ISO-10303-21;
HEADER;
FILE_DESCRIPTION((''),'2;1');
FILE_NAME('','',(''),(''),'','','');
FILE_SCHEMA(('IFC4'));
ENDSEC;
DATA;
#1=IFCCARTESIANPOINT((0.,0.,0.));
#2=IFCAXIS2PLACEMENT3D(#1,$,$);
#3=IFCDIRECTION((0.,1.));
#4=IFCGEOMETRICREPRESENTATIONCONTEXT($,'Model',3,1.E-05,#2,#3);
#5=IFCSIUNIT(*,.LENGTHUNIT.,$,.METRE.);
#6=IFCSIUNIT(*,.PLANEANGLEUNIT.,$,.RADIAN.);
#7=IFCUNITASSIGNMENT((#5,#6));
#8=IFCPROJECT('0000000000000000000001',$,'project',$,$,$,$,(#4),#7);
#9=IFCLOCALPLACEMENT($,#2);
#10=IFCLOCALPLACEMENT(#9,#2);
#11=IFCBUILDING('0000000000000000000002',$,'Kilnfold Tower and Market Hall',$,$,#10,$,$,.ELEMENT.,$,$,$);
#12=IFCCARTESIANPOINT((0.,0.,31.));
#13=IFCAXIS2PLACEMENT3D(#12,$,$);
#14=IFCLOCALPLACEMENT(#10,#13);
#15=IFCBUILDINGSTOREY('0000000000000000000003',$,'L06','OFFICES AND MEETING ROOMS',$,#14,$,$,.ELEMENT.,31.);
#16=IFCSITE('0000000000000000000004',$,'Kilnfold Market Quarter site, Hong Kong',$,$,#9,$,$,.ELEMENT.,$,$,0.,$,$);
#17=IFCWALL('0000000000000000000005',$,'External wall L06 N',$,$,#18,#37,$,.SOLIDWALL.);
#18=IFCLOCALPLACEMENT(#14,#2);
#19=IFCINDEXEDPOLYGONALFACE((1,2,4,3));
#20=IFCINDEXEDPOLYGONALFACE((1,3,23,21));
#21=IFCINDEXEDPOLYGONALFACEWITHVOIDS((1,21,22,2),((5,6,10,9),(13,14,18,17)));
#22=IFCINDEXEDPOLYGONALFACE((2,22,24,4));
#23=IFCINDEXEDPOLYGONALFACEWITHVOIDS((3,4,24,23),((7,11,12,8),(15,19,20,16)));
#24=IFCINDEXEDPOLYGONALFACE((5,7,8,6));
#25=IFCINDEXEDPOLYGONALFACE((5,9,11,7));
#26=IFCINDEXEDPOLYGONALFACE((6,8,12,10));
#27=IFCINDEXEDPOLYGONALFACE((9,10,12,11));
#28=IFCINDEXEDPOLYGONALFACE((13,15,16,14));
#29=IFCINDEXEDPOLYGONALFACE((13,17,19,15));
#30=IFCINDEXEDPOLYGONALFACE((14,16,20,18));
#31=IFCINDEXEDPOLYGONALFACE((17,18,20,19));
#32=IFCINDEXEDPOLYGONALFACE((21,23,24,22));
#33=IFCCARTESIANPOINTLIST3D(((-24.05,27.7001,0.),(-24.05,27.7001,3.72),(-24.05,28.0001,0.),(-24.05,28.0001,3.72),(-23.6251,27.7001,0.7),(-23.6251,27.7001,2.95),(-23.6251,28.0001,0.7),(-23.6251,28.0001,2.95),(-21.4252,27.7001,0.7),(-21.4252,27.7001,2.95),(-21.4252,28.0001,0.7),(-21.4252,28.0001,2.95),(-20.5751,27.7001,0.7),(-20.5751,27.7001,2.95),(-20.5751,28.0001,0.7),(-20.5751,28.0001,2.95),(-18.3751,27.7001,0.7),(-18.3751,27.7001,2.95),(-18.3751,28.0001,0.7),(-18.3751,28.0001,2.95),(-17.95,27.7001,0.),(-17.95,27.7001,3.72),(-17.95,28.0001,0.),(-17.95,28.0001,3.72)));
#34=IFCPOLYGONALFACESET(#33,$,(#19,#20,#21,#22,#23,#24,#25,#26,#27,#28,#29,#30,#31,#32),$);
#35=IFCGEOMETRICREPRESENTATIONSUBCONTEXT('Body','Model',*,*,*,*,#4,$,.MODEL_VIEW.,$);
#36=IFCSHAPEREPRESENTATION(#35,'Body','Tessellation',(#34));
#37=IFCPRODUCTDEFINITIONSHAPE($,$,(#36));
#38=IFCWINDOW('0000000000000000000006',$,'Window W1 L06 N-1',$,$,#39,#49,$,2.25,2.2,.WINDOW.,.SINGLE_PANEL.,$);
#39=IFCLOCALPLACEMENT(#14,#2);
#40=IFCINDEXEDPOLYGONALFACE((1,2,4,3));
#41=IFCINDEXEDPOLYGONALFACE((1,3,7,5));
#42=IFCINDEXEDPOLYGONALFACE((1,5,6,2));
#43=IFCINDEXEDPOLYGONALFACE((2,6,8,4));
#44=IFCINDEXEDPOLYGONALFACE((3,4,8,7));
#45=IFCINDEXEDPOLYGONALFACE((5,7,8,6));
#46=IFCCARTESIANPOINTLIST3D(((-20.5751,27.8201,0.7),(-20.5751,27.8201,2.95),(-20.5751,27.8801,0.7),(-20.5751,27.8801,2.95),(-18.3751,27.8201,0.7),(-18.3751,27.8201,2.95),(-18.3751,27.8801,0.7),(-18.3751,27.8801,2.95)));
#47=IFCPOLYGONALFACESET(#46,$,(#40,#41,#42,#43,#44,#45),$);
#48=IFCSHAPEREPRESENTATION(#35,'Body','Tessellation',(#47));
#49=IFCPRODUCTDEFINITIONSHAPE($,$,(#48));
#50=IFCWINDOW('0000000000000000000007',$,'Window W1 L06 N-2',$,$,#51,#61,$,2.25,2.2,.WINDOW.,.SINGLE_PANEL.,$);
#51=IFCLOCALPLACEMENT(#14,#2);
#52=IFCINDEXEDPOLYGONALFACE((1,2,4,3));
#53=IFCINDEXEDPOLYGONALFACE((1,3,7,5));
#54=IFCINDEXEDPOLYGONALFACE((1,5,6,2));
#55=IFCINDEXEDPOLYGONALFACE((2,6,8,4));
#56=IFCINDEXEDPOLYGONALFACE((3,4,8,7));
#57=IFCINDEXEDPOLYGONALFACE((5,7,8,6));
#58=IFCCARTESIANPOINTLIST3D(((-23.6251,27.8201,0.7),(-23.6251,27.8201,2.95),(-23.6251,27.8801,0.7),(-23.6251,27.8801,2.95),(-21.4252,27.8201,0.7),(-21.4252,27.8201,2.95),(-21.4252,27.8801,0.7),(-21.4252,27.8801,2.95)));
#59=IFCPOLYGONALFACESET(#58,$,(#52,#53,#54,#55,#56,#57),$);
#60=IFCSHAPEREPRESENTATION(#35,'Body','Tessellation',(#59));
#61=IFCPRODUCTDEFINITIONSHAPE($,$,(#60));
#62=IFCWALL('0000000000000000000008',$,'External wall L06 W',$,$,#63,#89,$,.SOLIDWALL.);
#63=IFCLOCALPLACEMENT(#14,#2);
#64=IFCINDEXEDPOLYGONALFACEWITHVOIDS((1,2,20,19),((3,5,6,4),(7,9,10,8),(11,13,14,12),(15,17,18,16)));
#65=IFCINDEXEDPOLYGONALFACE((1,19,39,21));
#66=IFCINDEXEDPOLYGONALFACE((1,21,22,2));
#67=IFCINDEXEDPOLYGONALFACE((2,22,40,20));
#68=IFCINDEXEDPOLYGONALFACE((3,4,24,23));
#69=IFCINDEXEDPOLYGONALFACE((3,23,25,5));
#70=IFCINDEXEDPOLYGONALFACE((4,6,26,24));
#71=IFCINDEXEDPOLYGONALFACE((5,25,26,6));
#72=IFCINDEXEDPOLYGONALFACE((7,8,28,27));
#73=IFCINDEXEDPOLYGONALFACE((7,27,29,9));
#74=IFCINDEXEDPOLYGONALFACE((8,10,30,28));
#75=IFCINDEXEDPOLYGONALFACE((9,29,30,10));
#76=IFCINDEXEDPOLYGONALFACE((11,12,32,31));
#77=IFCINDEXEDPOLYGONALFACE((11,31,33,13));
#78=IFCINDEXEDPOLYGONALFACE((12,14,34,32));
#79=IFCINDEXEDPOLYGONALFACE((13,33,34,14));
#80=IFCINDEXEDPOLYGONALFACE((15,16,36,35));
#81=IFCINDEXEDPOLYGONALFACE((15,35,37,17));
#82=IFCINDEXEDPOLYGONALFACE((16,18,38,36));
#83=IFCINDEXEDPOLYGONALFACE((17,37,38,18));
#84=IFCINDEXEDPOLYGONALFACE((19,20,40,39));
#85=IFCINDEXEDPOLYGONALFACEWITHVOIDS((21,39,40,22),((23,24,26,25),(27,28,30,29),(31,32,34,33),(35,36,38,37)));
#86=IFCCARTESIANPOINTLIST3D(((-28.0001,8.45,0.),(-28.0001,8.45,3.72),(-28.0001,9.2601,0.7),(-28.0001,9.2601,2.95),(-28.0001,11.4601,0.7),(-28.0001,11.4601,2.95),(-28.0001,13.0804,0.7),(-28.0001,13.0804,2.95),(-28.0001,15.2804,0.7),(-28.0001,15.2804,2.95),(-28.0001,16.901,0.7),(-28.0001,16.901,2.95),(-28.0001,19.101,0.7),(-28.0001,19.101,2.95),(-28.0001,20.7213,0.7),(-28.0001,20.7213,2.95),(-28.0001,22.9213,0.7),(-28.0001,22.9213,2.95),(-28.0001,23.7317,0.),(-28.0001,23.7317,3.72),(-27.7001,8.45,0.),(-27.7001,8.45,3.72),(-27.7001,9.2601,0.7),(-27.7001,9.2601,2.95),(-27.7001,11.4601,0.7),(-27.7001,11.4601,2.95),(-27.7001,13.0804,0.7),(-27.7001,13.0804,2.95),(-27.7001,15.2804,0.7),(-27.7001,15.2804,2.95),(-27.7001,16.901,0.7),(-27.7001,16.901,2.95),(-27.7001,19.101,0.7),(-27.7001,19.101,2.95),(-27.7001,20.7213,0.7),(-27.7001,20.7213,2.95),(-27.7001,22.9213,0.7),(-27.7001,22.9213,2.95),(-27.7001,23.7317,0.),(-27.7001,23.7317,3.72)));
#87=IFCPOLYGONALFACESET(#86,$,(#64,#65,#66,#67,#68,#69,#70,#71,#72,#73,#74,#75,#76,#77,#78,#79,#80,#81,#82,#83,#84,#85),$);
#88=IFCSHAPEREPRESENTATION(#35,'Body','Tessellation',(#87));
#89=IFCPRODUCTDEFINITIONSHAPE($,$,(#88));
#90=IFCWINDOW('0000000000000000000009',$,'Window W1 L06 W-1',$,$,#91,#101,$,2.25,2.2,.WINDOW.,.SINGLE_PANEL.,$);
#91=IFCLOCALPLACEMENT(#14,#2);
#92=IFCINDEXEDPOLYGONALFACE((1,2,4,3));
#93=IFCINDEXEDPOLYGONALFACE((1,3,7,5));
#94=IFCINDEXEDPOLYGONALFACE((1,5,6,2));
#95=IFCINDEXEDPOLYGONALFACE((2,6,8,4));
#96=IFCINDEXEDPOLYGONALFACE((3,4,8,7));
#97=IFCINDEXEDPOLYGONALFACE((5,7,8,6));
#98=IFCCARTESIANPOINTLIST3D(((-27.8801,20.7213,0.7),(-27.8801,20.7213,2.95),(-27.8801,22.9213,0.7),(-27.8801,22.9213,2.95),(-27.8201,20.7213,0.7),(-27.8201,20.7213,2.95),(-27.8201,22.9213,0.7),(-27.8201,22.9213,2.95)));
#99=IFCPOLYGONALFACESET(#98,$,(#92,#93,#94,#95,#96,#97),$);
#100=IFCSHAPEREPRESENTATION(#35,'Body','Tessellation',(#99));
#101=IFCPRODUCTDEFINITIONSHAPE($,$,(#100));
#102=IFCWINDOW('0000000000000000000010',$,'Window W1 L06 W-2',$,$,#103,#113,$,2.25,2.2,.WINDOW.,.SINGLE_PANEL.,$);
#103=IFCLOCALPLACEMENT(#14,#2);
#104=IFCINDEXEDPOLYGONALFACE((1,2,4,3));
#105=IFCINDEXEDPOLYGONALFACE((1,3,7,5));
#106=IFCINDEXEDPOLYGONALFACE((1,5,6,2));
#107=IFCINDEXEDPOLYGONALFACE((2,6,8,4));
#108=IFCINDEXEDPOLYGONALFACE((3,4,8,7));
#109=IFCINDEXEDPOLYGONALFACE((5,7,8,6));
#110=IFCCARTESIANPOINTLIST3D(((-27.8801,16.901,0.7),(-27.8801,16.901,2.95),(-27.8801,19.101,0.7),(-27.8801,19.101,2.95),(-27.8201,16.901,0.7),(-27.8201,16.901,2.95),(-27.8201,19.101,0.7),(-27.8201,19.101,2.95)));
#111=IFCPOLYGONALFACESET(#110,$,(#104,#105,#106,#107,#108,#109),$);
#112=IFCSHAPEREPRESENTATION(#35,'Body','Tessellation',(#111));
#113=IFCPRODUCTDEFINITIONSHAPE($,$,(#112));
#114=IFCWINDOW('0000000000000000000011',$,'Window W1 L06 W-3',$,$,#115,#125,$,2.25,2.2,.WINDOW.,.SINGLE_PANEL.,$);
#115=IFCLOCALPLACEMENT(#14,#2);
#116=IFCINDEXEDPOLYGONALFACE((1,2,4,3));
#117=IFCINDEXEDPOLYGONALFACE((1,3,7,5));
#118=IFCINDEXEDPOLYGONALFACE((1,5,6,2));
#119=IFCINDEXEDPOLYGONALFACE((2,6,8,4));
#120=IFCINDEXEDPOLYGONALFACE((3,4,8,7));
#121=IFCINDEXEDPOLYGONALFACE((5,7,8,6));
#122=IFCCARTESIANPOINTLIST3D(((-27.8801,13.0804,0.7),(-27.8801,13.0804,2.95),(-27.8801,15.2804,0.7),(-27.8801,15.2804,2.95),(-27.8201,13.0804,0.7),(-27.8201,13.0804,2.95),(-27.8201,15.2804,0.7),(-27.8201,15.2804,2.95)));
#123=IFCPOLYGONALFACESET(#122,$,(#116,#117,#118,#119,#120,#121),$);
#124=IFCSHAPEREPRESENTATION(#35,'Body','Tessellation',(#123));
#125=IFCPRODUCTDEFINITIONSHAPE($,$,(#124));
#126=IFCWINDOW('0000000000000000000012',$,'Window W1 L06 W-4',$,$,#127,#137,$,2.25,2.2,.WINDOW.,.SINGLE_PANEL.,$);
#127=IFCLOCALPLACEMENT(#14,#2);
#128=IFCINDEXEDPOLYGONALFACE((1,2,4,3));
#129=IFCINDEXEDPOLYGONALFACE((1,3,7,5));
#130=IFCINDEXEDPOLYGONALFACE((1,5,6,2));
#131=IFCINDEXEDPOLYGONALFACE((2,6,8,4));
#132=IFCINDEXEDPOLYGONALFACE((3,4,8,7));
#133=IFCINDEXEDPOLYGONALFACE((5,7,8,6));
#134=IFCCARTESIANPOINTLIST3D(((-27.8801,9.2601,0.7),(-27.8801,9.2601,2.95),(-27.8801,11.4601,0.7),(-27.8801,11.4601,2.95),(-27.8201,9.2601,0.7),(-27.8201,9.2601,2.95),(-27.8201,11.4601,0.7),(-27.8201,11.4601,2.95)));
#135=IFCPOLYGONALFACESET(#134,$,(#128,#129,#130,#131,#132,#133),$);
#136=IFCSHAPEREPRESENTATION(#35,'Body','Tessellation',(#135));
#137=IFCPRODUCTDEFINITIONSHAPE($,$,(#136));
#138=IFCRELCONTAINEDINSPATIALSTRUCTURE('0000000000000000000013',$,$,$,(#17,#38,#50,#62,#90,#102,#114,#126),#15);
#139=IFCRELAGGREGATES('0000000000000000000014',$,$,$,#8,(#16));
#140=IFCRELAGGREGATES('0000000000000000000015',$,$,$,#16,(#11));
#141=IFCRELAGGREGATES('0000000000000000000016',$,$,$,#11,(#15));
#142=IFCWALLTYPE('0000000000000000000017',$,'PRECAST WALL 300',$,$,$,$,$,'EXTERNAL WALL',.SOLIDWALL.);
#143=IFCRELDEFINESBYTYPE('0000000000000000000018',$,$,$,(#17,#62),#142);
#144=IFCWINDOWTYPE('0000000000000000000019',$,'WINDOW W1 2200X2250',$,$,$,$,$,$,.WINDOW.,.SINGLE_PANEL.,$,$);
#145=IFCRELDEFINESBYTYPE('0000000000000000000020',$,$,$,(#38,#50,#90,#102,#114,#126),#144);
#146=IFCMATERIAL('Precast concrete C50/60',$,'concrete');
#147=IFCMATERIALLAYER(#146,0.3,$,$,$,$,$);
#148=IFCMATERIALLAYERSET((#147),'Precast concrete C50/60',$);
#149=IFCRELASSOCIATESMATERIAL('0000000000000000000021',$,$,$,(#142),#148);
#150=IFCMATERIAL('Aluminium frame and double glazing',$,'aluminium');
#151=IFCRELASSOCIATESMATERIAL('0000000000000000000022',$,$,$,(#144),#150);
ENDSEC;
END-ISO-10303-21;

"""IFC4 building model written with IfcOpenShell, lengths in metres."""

from ifc_helpers import new_model, si_unit, direction, frame, frame_2d, origin, place, context, subcontext, project, spatial, rectangle, extrude, source, transform, mapped, material, layer, layer_set, type_object, element, fill, save


model = new_model("IFC4")

# Units and contexts
model_context = context("Model", 3, precision=1e-05, world=origin(), true_north=direction((0.0, 1.0)))
body_context = subcontext(model_context, "Body", "Model", "MODEL_VIEW")
ifc_project = project(units=[si_unit("LENGTHUNIT", "METRE"), si_unit("PLANEANGLEUNIT", "RADIAN")], contexts=[model_context])

# Site, building, storey
site_placement = place(None, origin())
site = spatial("IfcSite", under=ifc_project, at=site_placement, Name="Kilnfold Market Quarter site, Hong Kong", CompositionType="ELEMENT", RefElevation=0.0)
building_placement = place(site_placement, origin())
building = spatial("IfcBuilding", under=site, at=building_placement, Name="Kilnfold Tower and Market Hall", CompositionType="ELEMENT")
storey_placement = place(building_placement, frame((0.0, 0.0, 31.0)))
storey = spatial("IfcBuildingStorey", under=building, at=storey_placement, Name="L06", Description="OFFICES AND MEETING ROOMS", CompositionType="ELEMENT", Elevation=31.0)

# Shared definitions
ifc_material_1 = material(Name="Precast concrete C50/60", Category="concrete")
ifc_layer_1 = layer(ifc_material_1, 0.3)
ifc_layer_set_1 = layer_set([ifc_layer_1], Name="Precast concrete C50/60")
wall_type_1 = type_object("IfcWallType", Name="PRECAST WALL 300", ElementType="EXTERNAL WALL", PredefinedType="SOLIDWALL", material=ifc_layer_set_1)
ifc_material_2 = material(Name="Aluminium frame and double glazing", Category="aluminium")
window_type = type_object("IfcWindowType", Name="WINDOW W1 2200X2250", PartitioningType="SINGLE_PANEL", PredefinedType="WINDOW", material=ifc_material_2)

# Walls, openings, windows
shared_shape_1 = source(origin(), body_context, "Body", "SweptSolid", [
    extrude(rectangle(XDim=6.1001, YDim=0.3, at=frame_2d((3.05, 0.0))), origin(), (0.0, 0.0, 1.0), 3.72),
])
wall_1_placement = place(storey_placement, frame((-17.95, 27.8501, 0.0), z_axis=(0.0, 0.0, 1.0), x_axis=(-1.0, 0.0, 0.0)))
wall_1 = element("IfcWall", 1, at=wall_1_placement, inside=storey, type_object=wall_type_1, Name="External wall L06 N", PredefinedType="SOLIDWALL", context=body_context, shape_type="MappedRepresentation", body=[
    mapped(shared_shape_1, transform((0.0, 0.0, 0.0))),
])
opening_1_placement = place(wall_1_placement, frame((0.425, 0.0, 0.7)))
opening_1 = element("IfcOpeningElement", 2, at=opening_1_placement, cuts=wall_1, PredefinedType="OPENING", context=body_context, shape_type="SweptSolid", body=[
    extrude(rectangle(XDim=2.2, YDim=2.25, at=frame_2d((1.1001, 1.125))), frame((0.0, 0.1602, 0.0), z_axis=(0.0, -1.0, 0.0), x_axis=(1.0, 0.0, 0.0)), (0.0, 0.0, 1.0), 0.3201),
])
opening_2_placement = place(wall_1_placement, frame((3.4751, 0.0, 0.7)))
opening_2 = element("IfcOpeningElement", 3, at=opening_2_placement, cuts=wall_1, PredefinedType="OPENING", context=body_context, shape_type="SweptSolid", body=[
    extrude(rectangle(XDim=2.2, YDim=2.25, at=frame_2d((1.1001, 1.125))), frame((0.0, 0.1602, 0.0), z_axis=(0.0, -1.0, 0.0), x_axis=(1.0, 0.0, 0.0)), (0.0, 0.0, 1.0), 0.3201),
])
window_1_placement = place(opening_1_placement, origin())
window_1 = element("IfcWindow", 4, at=window_1_placement, inside=storey, type_object=window_type, Name="Window W1 L06 N-1", OverallHeight=2.25, OverallWidth=2.2, PartitioningType="SINGLE_PANEL", PredefinedType="WINDOW", context=body_context, shape_type="SweptSolid", body=[
    extrude(rectangle(XDim=2.2, YDim=2.25, at=frame_2d((1.1001, 1.125))), frame((0.0, 0.03, 0.0), z_axis=(0.0, -1.0, 0.0), x_axis=(1.0, 0.0, 0.0)), (0.0, 0.0, 1.0), 0.0601),
])
fill(opening_1, window_1)
window_2_placement = place(opening_2_placement, origin())
window_2 = element("IfcWindow", 5, at=window_2_placement, inside=storey, type_object=window_type, Name="Window W1 L06 N-2", OverallHeight=2.25, OverallWidth=2.2, PartitioningType="SINGLE_PANEL", PredefinedType="WINDOW", context=body_context, shape_type="SweptSolid", body=[
    extrude(rectangle(XDim=2.2, YDim=2.25, at=frame_2d((1.1001, 1.125))), frame((0.0, 0.03, 0.0), z_axis=(0.0, -1.0, 0.0), x_axis=(1.0, 0.0, 0.0)), (0.0, 0.0, 1.0), 0.0601),
])
fill(opening_2, window_2)
shared_shape_2 = source(origin(), body_context, "Body", "SweptSolid", [
    extrude(rectangle(XDim=15.2817, YDim=0.3, at=frame_2d((7.6409, 0.0))), origin(), (0.0, 0.0, 1.0), 3.72),
])
wall_2_placement = place(storey_placement, frame((-27.8501, 23.7317, 0.0), z_axis=(0.0, 0.0, 1.0), x_axis=(0.0, -1.0, 0.0)))
wall_2 = element("IfcWall", 6, at=wall_2_placement, inside=storey, type_object=wall_type_1, Name="External wall L06 W", PredefinedType="SOLIDWALL", context=body_context, shape_type="MappedRepresentation", body=[
    mapped(shared_shape_2, transform((0.0, 0.0, 0.0))),
])
opening_3_placement = place(wall_2_placement, frame((0.8103, 0.0, 0.7)))
opening_3 = element("IfcOpeningElement", 7, at=opening_3_placement, cuts=wall_2, PredefinedType="OPENING", context=body_context, shape_type="SweptSolid", body=[
    extrude(rectangle(XDim=2.2, YDim=2.25, at=frame_2d((1.1001, 1.125))), frame((0.0, 0.1602, 0.0), z_axis=(0.0, -1.0, 0.0), x_axis=(1.0, 0.0, 0.0)), (0.0, 0.0, 1.0), 0.3201),
])
opening_4_placement = place(wall_2_placement, frame((4.6306, 0.0, 0.7)))
opening_4 = element("IfcOpeningElement", 8, at=opening_4_placement, cuts=wall_2, PredefinedType="OPENING", context=body_context, shape_type="SweptSolid", body=[
    extrude(rectangle(XDim=2.2, YDim=2.25, at=frame_2d((1.1001, 1.125))), frame((0.0, 0.1602, 0.0), z_axis=(0.0, -1.0, 0.0), x_axis=(1.0, 0.0, 0.0)), (0.0, 0.0, 1.0), 0.3201),
])
opening_5_placement = place(wall_2_placement, frame((8.4512, 0.0, 0.7)))
opening_5 = element("IfcOpeningElement", 9, at=opening_5_placement, cuts=wall_2, PredefinedType="OPENING", context=body_context, shape_type="SweptSolid", body=[
    extrude(rectangle(XDim=2.2, YDim=2.25, at=frame_2d((1.1001, 1.125))), frame((0.0, 0.1602, 0.0), z_axis=(0.0, -1.0, 0.0), x_axis=(1.0, 0.0, 0.0)), (0.0, 0.0, 1.0), 0.3201),
])
opening_6_placement = place(wall_2_placement, frame((12.2715, 0.0, 0.7)))
opening_6 = element("IfcOpeningElement", 10, at=opening_6_placement, cuts=wall_2, PredefinedType="OPENING", context=body_context, shape_type="SweptSolid", body=[
    extrude(rectangle(XDim=2.2, YDim=2.25, at=frame_2d((1.1001, 1.125))), frame((0.0, 0.1602, 0.0), z_axis=(0.0, -1.0, 0.0), x_axis=(1.0, 0.0, 0.0)), (0.0, 0.0, 1.0), 0.3201),
])
window_3_placement = place(opening_3_placement, origin())
window_3 = element("IfcWindow", 11, at=window_3_placement, inside=storey, type_object=window_type, Name="Window W1 L06 W-1", OverallHeight=2.25, OverallWidth=2.2, PartitioningType="SINGLE_PANEL", PredefinedType="WINDOW", context=body_context, shape_type="SweptSolid", body=[
    extrude(rectangle(XDim=2.2, YDim=2.25, at=frame_2d((1.1001, 1.125))), frame((0.0, 0.03, 0.0), z_axis=(0.0, -1.0, 0.0), x_axis=(1.0, 0.0, 0.0)), (0.0, 0.0, 1.0), 0.0601),
])
fill(opening_3, window_3)
window_4_placement = place(opening_4_placement, origin())
window_4 = element("IfcWindow", 12, at=window_4_placement, inside=storey, type_object=window_type, Name="Window W1 L06 W-2", OverallHeight=2.25, OverallWidth=2.2, PartitioningType="SINGLE_PANEL", PredefinedType="WINDOW", context=body_context, shape_type="SweptSolid", body=[
    extrude(rectangle(XDim=2.2, YDim=2.25, at=frame_2d((1.1001, 1.125))), frame((0.0, 0.03, 0.0), z_axis=(0.0, -1.0, 0.0), x_axis=(1.0, 0.0, 0.0)), (0.0, 0.0, 1.0), 0.0601),
])
fill(opening_4, window_4)
window_5_placement = place(opening_5_placement, origin())
window_5 = element("IfcWindow", 13, at=window_5_placement, inside=storey, type_object=window_type, Name="Window W1 L06 W-3", OverallHeight=2.25, OverallWidth=2.2, PartitioningType="SINGLE_PANEL", PredefinedType="WINDOW", context=body_context, shape_type="SweptSolid", body=[
    extrude(rectangle(XDim=2.2, YDim=2.25, at=frame_2d((1.1001, 1.125))), frame((0.0, 0.03, 0.0), z_axis=(0.0, -1.0, 0.0), x_axis=(1.0, 0.0, 0.0)), (0.0, 0.0, 1.0), 0.0601),
])
fill(opening_5, window_5)
window_6_placement = place(opening_6_placement, origin())
window_6 = element("IfcWindow", 14, at=window_6_placement, inside=storey, type_object=window_type, Name="Window W1 L06 W-4", OverallHeight=2.25, OverallWidth=2.2, PartitioningType="SINGLE_PANEL", PredefinedType="WINDOW", context=body_context, shape_type="SweptSolid", body=[
    extrude(rectangle(XDim=2.2, YDim=2.25, at=frame_2d((1.1001, 1.125))), frame((0.0, 0.03, 0.0), z_axis=(0.0, -1.0, 0.0), x_axis=(1.0, 0.0, 0.0)), (0.0, 0.0, 1.0), 0.0601),
])
fill(opening_6, window_6)

save(model, "model.ifc")
